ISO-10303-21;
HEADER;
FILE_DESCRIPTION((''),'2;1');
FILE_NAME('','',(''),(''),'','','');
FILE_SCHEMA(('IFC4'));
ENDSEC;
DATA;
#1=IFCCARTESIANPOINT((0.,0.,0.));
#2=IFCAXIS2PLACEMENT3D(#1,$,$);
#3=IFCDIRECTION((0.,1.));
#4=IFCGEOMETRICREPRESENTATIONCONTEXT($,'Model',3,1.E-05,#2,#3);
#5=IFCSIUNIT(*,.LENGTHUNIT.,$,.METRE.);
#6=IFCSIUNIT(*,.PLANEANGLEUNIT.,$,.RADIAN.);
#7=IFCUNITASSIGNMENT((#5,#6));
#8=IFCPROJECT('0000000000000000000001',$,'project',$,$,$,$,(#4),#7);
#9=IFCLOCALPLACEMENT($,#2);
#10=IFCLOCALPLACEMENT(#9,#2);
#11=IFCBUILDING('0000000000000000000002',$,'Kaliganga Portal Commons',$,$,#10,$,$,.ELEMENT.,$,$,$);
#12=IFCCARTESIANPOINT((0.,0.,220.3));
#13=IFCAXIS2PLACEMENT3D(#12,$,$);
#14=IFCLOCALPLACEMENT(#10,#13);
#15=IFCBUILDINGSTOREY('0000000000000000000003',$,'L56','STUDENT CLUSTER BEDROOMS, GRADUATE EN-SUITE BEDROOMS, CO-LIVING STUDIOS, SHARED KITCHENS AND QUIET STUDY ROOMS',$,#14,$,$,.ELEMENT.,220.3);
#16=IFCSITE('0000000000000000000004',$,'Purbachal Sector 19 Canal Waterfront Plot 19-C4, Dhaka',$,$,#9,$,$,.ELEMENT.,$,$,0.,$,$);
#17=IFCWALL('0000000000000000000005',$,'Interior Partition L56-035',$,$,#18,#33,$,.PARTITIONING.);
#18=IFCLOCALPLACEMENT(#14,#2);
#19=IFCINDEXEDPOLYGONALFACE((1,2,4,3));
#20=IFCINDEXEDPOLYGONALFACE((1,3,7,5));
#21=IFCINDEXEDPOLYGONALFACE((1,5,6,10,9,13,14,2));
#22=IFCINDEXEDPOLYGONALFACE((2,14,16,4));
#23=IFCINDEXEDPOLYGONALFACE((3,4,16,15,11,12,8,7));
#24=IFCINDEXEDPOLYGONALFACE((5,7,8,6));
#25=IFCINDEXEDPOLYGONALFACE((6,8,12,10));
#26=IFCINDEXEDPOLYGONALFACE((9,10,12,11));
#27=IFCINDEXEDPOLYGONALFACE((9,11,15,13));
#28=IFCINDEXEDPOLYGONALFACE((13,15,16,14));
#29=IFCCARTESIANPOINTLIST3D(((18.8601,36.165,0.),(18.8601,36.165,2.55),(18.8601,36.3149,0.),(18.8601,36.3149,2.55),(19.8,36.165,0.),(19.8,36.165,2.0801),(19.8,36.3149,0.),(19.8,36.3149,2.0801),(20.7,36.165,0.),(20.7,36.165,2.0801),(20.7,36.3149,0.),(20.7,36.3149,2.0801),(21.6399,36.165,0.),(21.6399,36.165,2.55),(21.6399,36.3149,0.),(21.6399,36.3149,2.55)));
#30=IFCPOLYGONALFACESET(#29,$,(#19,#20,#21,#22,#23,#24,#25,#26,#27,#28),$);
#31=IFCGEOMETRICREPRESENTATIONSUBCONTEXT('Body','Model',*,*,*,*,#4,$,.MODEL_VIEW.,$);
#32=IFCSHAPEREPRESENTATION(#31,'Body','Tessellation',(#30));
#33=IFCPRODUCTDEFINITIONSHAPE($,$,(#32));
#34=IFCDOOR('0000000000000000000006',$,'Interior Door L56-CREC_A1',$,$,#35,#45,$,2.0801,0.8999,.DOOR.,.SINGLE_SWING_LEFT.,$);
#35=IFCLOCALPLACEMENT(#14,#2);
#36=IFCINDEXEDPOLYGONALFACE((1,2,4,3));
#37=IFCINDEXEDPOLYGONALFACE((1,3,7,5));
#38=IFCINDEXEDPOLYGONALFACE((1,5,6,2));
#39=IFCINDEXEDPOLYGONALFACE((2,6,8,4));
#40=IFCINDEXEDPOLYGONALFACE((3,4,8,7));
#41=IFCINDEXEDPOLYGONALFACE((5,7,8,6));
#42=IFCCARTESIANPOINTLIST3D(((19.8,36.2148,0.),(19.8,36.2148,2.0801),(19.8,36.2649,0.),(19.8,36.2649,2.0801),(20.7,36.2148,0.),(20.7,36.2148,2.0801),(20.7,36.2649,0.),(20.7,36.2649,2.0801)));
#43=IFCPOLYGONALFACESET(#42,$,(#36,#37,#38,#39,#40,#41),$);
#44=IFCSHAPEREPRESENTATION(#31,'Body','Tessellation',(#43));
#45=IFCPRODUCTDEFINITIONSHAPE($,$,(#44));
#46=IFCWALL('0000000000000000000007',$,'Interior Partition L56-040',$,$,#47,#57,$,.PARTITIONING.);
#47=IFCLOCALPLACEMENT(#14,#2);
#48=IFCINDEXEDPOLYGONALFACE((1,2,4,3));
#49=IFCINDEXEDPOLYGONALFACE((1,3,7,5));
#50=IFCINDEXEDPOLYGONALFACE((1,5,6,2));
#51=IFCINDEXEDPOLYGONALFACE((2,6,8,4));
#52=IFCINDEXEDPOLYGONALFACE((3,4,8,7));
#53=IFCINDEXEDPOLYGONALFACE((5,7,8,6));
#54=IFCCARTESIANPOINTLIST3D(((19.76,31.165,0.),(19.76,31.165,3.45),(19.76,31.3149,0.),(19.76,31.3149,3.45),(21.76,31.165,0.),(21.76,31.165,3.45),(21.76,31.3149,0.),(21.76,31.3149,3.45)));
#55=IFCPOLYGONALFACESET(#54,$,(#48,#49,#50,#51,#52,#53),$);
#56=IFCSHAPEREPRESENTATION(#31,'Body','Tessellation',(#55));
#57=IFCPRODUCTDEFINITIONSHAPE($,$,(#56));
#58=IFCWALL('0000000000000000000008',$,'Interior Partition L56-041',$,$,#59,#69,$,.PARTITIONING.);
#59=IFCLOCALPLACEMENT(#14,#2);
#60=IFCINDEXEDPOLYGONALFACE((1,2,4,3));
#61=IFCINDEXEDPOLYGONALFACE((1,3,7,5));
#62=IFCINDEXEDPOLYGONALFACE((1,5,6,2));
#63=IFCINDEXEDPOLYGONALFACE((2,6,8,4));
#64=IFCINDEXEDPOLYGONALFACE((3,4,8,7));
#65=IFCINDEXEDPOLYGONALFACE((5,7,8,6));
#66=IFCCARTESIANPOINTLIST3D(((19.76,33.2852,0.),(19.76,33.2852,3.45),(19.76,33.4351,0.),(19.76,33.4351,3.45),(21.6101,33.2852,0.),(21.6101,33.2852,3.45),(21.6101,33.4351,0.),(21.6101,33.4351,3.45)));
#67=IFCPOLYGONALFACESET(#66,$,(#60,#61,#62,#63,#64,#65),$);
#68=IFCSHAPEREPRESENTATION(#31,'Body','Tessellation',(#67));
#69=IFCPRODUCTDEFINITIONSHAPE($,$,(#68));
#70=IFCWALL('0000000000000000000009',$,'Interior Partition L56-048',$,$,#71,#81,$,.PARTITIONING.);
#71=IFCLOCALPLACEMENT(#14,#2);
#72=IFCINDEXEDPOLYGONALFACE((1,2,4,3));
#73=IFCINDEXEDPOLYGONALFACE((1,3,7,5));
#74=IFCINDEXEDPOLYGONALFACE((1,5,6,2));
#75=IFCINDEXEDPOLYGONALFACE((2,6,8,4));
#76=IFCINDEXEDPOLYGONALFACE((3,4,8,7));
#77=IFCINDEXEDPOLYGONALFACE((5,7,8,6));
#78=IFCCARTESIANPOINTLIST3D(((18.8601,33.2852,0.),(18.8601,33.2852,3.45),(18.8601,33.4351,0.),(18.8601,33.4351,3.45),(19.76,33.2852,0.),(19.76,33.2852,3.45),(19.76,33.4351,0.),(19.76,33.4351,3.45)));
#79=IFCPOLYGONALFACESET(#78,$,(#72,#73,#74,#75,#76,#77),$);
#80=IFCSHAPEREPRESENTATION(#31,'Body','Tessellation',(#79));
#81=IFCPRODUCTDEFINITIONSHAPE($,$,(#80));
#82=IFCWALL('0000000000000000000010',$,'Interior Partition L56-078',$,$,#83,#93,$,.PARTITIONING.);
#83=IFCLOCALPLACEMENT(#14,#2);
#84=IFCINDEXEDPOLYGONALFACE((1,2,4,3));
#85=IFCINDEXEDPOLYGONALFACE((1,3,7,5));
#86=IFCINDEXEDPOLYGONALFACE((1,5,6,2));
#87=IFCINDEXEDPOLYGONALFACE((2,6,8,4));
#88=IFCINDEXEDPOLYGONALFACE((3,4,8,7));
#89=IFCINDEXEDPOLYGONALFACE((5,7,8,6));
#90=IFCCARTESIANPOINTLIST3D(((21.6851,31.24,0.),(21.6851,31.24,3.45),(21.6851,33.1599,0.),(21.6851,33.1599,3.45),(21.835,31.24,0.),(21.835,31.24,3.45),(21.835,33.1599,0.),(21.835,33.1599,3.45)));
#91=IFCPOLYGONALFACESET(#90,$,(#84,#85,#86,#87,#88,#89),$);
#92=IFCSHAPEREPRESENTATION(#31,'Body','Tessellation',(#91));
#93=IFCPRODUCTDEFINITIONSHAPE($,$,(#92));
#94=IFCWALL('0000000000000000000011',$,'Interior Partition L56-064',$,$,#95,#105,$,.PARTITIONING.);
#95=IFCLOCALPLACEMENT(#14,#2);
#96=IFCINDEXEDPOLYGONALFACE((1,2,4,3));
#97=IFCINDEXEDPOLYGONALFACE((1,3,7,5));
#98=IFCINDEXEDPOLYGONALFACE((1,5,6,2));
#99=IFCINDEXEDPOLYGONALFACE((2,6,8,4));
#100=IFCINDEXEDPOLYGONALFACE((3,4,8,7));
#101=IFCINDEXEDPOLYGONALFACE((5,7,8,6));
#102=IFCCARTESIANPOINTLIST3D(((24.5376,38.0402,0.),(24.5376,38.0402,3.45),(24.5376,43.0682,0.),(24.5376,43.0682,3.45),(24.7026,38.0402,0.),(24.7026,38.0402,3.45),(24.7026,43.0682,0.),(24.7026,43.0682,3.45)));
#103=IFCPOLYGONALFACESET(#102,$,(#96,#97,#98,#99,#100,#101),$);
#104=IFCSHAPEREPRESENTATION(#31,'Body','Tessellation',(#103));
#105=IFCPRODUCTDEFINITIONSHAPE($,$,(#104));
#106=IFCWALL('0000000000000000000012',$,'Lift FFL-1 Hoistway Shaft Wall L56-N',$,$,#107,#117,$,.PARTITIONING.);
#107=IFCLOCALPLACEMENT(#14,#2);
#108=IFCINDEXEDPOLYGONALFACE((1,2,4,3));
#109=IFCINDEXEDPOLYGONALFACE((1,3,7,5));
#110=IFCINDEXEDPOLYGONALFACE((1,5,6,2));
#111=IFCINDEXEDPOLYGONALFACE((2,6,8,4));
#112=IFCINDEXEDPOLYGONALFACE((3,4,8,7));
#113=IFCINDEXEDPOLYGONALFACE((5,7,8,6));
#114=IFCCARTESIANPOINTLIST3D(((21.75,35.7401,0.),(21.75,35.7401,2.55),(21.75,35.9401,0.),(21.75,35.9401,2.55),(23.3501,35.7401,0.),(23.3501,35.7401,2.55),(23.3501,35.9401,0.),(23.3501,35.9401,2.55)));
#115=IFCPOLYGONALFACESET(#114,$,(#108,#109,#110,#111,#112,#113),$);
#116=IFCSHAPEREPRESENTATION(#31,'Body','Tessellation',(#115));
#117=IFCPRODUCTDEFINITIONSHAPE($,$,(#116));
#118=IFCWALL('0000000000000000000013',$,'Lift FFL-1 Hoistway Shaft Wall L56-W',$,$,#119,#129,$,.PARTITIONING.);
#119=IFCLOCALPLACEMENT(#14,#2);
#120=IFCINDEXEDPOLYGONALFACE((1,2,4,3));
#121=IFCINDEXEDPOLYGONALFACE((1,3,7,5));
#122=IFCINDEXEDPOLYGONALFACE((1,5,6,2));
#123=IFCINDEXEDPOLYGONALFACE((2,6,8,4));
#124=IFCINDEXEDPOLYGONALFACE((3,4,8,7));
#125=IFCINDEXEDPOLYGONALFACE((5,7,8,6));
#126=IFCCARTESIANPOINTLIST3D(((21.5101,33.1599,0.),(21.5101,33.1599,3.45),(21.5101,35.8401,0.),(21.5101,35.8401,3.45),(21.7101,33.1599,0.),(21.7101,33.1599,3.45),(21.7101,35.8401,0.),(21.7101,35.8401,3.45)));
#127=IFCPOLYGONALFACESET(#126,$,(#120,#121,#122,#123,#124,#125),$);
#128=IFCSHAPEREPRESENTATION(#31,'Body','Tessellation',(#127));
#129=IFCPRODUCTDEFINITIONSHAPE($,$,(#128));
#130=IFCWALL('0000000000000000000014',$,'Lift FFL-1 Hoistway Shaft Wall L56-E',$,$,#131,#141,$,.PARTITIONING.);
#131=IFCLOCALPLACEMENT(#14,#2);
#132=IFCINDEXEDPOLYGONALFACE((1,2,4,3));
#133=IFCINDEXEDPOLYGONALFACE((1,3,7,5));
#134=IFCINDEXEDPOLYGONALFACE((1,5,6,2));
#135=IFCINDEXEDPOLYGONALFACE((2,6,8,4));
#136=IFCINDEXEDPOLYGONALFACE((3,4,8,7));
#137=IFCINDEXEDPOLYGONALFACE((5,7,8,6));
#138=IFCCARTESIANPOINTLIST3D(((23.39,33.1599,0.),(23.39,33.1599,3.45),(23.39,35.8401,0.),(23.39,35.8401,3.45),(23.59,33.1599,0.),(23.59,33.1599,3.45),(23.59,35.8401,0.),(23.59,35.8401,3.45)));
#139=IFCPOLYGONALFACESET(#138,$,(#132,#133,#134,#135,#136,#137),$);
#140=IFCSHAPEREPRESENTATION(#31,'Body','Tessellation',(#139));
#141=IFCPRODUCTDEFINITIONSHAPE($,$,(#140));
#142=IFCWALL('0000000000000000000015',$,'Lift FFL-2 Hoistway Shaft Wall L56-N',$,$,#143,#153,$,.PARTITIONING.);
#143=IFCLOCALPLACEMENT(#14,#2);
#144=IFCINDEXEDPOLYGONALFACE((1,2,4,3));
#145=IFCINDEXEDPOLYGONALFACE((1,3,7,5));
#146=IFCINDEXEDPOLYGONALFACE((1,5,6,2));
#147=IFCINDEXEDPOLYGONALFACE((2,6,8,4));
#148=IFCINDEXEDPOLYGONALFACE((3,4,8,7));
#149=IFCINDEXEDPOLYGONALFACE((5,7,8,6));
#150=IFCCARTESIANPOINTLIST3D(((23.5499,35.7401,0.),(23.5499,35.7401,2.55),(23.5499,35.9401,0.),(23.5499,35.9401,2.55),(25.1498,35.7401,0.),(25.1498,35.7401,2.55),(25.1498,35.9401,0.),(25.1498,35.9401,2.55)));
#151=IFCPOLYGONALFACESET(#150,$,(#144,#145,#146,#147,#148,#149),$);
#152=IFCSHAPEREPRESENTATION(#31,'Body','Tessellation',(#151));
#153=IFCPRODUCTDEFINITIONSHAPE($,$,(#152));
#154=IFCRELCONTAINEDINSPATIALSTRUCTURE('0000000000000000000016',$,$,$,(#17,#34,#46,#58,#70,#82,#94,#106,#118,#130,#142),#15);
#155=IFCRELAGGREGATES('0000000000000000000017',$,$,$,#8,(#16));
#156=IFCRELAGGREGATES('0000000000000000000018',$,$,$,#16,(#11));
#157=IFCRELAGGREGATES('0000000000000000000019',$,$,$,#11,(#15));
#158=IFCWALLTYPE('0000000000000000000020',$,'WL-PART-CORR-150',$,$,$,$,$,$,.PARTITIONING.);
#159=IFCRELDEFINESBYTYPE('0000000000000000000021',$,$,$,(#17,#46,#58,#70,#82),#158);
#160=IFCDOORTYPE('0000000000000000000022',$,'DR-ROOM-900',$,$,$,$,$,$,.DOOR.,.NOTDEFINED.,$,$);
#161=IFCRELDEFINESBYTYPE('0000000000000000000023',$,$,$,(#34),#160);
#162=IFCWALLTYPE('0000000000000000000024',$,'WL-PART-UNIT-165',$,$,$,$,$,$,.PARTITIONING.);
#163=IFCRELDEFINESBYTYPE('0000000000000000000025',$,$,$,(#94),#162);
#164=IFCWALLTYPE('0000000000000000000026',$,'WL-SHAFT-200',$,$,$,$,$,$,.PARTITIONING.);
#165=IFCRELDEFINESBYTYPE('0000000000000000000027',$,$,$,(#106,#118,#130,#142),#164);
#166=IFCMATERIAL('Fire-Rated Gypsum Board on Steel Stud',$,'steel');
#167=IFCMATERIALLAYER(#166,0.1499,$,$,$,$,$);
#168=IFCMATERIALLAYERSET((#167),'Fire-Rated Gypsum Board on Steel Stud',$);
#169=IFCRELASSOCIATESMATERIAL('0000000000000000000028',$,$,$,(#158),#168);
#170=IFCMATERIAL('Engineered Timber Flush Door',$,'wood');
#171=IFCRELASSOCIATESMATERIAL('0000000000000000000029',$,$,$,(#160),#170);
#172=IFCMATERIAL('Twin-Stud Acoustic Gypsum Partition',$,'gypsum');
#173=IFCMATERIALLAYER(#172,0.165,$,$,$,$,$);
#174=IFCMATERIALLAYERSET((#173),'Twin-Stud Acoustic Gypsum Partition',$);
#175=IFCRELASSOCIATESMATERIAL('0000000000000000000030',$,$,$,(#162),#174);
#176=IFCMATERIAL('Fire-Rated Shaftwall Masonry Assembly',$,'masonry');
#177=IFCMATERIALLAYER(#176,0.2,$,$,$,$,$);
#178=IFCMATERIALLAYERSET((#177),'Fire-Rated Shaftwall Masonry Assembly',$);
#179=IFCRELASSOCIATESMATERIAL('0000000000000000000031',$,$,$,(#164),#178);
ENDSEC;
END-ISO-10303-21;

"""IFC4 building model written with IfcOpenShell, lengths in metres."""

from ifc_helpers import new_model, si_unit, direction, frame, frame_2d, origin, place, context, subcontext, project, spatial, rectangle, extrude, material, layer, layer_set, type_object, element, fill, save


model = new_model("IFC4")

# Units and contexts
model_context = context("Model", 3, precision=1e-05, world=origin(), true_north=direction((0.0, 1.0)))
body_context = subcontext(model_context, "Body", "Model", "MODEL_VIEW")
ifc_project = project(units=[si_unit("LENGTHUNIT", "METRE"), si_unit("PLANEANGLEUNIT", "RADIAN")], contexts=[model_context])

# Site, building, storey
site_placement = place(None, origin())
site = spatial("IfcSite", under=ifc_project, at=site_placement, Name="Purbachal Sector 19 Canal Waterfront Plot 19-C4, Dhaka", CompositionType="ELEMENT", RefElevation=0.0)
building_placement = place(site_placement, origin())
building = spatial("IfcBuilding", under=site, at=building_placement, Name="Kaliganga Portal Commons", CompositionType="ELEMENT")
storey_placement = place(building_placement, frame((0.0, 0.0, 220.3)))
storey = spatial("IfcBuildingStorey", under=building, at=storey_placement, Name="L56", Description="STUDENT CLUSTER BEDROOMS, GRADUATE EN-SUITE BEDROOMS, CO-LIVING STUDIOS, SHARED KITCHENS AND QUIET STUDY ROOMS", CompositionType="ELEMENT", Elevation=220.3)

# Wall, opening, door
ifc_material_1 = material(Name="Fire-Rated Gypsum Board on Steel Stud", Category="steel")
ifc_layer_1 = layer(ifc_material_1, 0.1499)
ifc_layer_set_1 = layer_set([ifc_layer_1], Name="Fire-Rated Gypsum Board on Steel Stud")
wall_type_1 = type_object("IfcWallType", Name="WL-PART-CORR-150", PredefinedType="PARTITIONING", material=ifc_layer_set_1)
wall_1_placement = place(storey_placement, frame((18.8601, 36.24, 0.0), z_axis=(0.0, 0.0, 1.0), x_axis=(1.0, 0.0, 0.0)))
wall_1 = element("IfcWall", 1, at=wall_1_placement, inside=storey, type_object=wall_type_1, Name="Interior Partition L56-035", PredefinedType="PARTITIONING", context=body_context, shape_type="SweptSolid", body=[
    extrude(rectangle(XDim=2.7798, YDim=0.1499, at=frame_2d((1.3899, 0.0))), origin(), (0.0, 0.0, 1.0), 2.55),
])
opening_1_placement = place(wall_1_placement, frame((0.9399, 0.0, 0.0)))
opening_1 = element("IfcOpeningElement", 2, at=opening_1_placement, cuts=wall_1, PredefinedType="OPENING", context=body_context, shape_type="SweptSolid", body=[
    extrude(rectangle(XDim=0.8999, YDim=2.0801, at=frame_2d((0.45, 1.04))), frame((0.0, 0.085, 0.0), z_axis=(0.0, -1.0, 0.0), x_axis=(1.0, 0.0, 0.0)), (0.0, 0.0, 1.0), 0.1699),
])
ifc_material_2 = material(Name="Engineered Timber Flush Door", Category="wood")
door_type_1 = type_object("IfcDoorType", Name="DR-ROOM-900", OperationType="NOTDEFINED", PredefinedType="DOOR", material=ifc_material_2)
door_1_placement = place(opening_1_placement, origin())
door_1 = element("IfcDoor", 3, at=door_1_placement, inside=storey, type_object=door_type_1, Name="Interior Door L56-CREC_A1", OperationType="SINGLE_SWING_LEFT", OverallHeight=2.0801, OverallWidth=0.8999, PredefinedType="DOOR", context=body_context, shape_type="SweptSolid", body=[
    extrude(rectangle(XDim=0.8999, YDim=2.0801, at=frame_2d((0.45, 1.04))), frame((0.0, 0.0249, 0.0), z_axis=(0.0, -1.0, 0.0), x_axis=(1.0, 0.0, 0.0)), (0.0, 0.0, 1.0), 0.05),
])
fill(opening_1, door_1)

# Walls
wall_2_placement = place(storey_placement, frame((19.76, 31.24, 0.0), z_axis=(0.0, 0.0, 1.0), x_axis=(1.0, 0.0, 0.0)))
element("IfcWall", 4, at=wall_2_placement, inside=storey, type_object=wall_type_1, Name="Interior Partition L56-040", PredefinedType="PARTITIONING", context=body_context, shape_type="SweptSolid", body=[
    extrude(rectangle(XDim=2.0, YDim=0.1499, at=frame_2d((1.0, 0.0))), origin(), (0.0, 0.0, 1.0), 3.45),
])
wall_3_placement = place(storey_placement, frame((19.76, 33.3601, 0.0), z_axis=(0.0, 0.0, 1.0), x_axis=(1.0, 0.0, 0.0)))
element("IfcWall", 5, at=wall_3_placement, inside=storey, type_object=wall_type_1, Name="Interior Partition L56-041", PredefinedType="PARTITIONING", context=body_context, shape_type="SweptSolid", body=[
    extrude(rectangle(XDim=1.8501, YDim=0.1499, at=frame_2d((0.925, 0.0))), origin(), (0.0, 0.0, 1.0), 3.45),
])
wall_4_placement = place(storey_placement, frame((18.8601, 33.3601, 0.0), z_axis=(0.0, 0.0, 1.0), x_axis=(1.0, 0.0, 0.0)))
element("IfcWall", 6, at=wall_4_placement, inside=storey, type_object=wall_type_1, Name="Interior Partition L56-048", PredefinedType="PARTITIONING", context=body_context, shape_type="SweptSolid", body=[
    extrude(rectangle(XDim=0.8999, YDim=0.1499, at=frame_2d((0.45, 0.0))), origin(), (0.0, 0.0, 1.0), 3.45),
])
wall_5_placement = place(storey_placement, frame((21.76, 31.24, 0.0), z_axis=(0.0, 0.0, 1.0), x_axis=(0.0, 1.0, 0.0)))
element("IfcWall", 7, at=wall_5_placement, inside=storey, type_object=wall_type_1, Name="Interior Partition L56-078", PredefinedType="PARTITIONING", context=body_context, shape_type="SweptSolid", body=[
    extrude(rectangle(XDim=1.9199, YDim=0.1499, at=frame_2d((0.96, 0.0))), origin(), (0.0, 0.0, 1.0), 3.45),
])
ifc_material_3 = material(Name="Twin-Stud Acoustic Gypsum Partition", Category="gypsum")
ifc_layer_2 = layer(ifc_material_3, 0.165)
ifc_layer_set_2 = layer_set([ifc_layer_2], Name="Twin-Stud Acoustic Gypsum Partition")
wall_type_2 = type_object("IfcWallType", Name="WL-PART-UNIT-165", PredefinedType="PARTITIONING", material=ifc_layer_set_2)
wall_6_placement = place(storey_placement, frame((24.6201, 38.04, 0.0), z_axis=(0.0, 0.0, 1.0), x_axis=(0.0, 1.0, 0.0)))
element("IfcWall", 8, at=wall_6_placement, inside=storey, type_object=wall_type_2, Name="Interior Partition L56-064", PredefinedType="PARTITIONING", context=body_context, shape_type="SweptSolid", body=[
    extrude(rectangle(XDim=5.0281, YDim=0.165, at=frame_2d((2.5142, 0.0))), origin(), (0.0, 0.0, 1.0), 3.45),
])

# Shared definitions
ifc_material_4 = material(Name="Fire-Rated Shaftwall Masonry Assembly", Category="masonry")
ifc_layer_3 = layer(ifc_material_4, 0.2)
ifc_layer_set_3 = layer_set([ifc_layer_3], Name="Fire-Rated Shaftwall Masonry Assembly")
wall_type_3 = type_object("IfcWallType", Name="WL-SHAFT-200", PredefinedType="PARTITIONING", material=ifc_layer_set_3)

# Walls
wall_7_placement = place(storey_placement, frame((21.75, 35.8401, 0.0), z_axis=(0.0, 0.0, 1.0), x_axis=(1.0, 0.0, 0.0)))
element("IfcWall", 9, at=wall_7_placement, inside=storey, type_object=wall_type_3, Name="Lift FFL-1 Hoistway Shaft Wall L56-N", PredefinedType="PARTITIONING", context=body_context, shape_type="SweptSolid", body=[
    extrude(rectangle(XDim=1.6001, YDim=0.2, at=frame_2d((0.8, 0.0))), origin(), (0.0, 0.0, 1.0), 2.55),
])
for number, where, z_axis, x_axis, name in (
    (10, (21.6101, 33.1599, 0.0), (0.0, 0.0, 1.0), (0.0, 1.0, 0.0), "Lift FFL-1 Hoistway Shaft Wall L56-W"),
    (11, (23.49, 33.1599, 0.0), (0.0, 0.0, 1.0), (0.0, 1.0, 0.0), "Lift FFL-1 Hoistway Shaft Wall L56-E"),
):
    element("IfcWall", number, at=place(storey_placement, frame(where, z_axis=z_axis, x_axis=x_axis)), inside=storey, type_object=wall_type_3, Name=name, PredefinedType="PARTITIONING", context=body_context, shape_type="SweptSolid", body=[
        extrude(rectangle(XDim=2.6802, YDim=0.2, at=frame_2d((1.3401, 0.0))), origin(), (0.0, 0.0, 1.0), 3.45),
    ])

# Wall
wall_8_placement = place(storey_placement, frame((23.55, 35.8401, 0.0), z_axis=(0.0, 0.0, 1.0), x_axis=(1.0, 0.0, 0.0)))
element("IfcWall", 12, at=wall_8_placement, inside=storey, type_object=wall_type_3, Name="Lift FFL-2 Hoistway Shaft Wall L56-N", PredefinedType="PARTITIONING", context=body_context, shape_type="SweptSolid", body=[
    extrude(rectangle(XDim=1.5999, YDim=0.2, at=frame_2d((0.7998, 0.0))), origin(), (0.0, 0.0, 1.0), 2.55),
])

save(model, "model.ifc")
